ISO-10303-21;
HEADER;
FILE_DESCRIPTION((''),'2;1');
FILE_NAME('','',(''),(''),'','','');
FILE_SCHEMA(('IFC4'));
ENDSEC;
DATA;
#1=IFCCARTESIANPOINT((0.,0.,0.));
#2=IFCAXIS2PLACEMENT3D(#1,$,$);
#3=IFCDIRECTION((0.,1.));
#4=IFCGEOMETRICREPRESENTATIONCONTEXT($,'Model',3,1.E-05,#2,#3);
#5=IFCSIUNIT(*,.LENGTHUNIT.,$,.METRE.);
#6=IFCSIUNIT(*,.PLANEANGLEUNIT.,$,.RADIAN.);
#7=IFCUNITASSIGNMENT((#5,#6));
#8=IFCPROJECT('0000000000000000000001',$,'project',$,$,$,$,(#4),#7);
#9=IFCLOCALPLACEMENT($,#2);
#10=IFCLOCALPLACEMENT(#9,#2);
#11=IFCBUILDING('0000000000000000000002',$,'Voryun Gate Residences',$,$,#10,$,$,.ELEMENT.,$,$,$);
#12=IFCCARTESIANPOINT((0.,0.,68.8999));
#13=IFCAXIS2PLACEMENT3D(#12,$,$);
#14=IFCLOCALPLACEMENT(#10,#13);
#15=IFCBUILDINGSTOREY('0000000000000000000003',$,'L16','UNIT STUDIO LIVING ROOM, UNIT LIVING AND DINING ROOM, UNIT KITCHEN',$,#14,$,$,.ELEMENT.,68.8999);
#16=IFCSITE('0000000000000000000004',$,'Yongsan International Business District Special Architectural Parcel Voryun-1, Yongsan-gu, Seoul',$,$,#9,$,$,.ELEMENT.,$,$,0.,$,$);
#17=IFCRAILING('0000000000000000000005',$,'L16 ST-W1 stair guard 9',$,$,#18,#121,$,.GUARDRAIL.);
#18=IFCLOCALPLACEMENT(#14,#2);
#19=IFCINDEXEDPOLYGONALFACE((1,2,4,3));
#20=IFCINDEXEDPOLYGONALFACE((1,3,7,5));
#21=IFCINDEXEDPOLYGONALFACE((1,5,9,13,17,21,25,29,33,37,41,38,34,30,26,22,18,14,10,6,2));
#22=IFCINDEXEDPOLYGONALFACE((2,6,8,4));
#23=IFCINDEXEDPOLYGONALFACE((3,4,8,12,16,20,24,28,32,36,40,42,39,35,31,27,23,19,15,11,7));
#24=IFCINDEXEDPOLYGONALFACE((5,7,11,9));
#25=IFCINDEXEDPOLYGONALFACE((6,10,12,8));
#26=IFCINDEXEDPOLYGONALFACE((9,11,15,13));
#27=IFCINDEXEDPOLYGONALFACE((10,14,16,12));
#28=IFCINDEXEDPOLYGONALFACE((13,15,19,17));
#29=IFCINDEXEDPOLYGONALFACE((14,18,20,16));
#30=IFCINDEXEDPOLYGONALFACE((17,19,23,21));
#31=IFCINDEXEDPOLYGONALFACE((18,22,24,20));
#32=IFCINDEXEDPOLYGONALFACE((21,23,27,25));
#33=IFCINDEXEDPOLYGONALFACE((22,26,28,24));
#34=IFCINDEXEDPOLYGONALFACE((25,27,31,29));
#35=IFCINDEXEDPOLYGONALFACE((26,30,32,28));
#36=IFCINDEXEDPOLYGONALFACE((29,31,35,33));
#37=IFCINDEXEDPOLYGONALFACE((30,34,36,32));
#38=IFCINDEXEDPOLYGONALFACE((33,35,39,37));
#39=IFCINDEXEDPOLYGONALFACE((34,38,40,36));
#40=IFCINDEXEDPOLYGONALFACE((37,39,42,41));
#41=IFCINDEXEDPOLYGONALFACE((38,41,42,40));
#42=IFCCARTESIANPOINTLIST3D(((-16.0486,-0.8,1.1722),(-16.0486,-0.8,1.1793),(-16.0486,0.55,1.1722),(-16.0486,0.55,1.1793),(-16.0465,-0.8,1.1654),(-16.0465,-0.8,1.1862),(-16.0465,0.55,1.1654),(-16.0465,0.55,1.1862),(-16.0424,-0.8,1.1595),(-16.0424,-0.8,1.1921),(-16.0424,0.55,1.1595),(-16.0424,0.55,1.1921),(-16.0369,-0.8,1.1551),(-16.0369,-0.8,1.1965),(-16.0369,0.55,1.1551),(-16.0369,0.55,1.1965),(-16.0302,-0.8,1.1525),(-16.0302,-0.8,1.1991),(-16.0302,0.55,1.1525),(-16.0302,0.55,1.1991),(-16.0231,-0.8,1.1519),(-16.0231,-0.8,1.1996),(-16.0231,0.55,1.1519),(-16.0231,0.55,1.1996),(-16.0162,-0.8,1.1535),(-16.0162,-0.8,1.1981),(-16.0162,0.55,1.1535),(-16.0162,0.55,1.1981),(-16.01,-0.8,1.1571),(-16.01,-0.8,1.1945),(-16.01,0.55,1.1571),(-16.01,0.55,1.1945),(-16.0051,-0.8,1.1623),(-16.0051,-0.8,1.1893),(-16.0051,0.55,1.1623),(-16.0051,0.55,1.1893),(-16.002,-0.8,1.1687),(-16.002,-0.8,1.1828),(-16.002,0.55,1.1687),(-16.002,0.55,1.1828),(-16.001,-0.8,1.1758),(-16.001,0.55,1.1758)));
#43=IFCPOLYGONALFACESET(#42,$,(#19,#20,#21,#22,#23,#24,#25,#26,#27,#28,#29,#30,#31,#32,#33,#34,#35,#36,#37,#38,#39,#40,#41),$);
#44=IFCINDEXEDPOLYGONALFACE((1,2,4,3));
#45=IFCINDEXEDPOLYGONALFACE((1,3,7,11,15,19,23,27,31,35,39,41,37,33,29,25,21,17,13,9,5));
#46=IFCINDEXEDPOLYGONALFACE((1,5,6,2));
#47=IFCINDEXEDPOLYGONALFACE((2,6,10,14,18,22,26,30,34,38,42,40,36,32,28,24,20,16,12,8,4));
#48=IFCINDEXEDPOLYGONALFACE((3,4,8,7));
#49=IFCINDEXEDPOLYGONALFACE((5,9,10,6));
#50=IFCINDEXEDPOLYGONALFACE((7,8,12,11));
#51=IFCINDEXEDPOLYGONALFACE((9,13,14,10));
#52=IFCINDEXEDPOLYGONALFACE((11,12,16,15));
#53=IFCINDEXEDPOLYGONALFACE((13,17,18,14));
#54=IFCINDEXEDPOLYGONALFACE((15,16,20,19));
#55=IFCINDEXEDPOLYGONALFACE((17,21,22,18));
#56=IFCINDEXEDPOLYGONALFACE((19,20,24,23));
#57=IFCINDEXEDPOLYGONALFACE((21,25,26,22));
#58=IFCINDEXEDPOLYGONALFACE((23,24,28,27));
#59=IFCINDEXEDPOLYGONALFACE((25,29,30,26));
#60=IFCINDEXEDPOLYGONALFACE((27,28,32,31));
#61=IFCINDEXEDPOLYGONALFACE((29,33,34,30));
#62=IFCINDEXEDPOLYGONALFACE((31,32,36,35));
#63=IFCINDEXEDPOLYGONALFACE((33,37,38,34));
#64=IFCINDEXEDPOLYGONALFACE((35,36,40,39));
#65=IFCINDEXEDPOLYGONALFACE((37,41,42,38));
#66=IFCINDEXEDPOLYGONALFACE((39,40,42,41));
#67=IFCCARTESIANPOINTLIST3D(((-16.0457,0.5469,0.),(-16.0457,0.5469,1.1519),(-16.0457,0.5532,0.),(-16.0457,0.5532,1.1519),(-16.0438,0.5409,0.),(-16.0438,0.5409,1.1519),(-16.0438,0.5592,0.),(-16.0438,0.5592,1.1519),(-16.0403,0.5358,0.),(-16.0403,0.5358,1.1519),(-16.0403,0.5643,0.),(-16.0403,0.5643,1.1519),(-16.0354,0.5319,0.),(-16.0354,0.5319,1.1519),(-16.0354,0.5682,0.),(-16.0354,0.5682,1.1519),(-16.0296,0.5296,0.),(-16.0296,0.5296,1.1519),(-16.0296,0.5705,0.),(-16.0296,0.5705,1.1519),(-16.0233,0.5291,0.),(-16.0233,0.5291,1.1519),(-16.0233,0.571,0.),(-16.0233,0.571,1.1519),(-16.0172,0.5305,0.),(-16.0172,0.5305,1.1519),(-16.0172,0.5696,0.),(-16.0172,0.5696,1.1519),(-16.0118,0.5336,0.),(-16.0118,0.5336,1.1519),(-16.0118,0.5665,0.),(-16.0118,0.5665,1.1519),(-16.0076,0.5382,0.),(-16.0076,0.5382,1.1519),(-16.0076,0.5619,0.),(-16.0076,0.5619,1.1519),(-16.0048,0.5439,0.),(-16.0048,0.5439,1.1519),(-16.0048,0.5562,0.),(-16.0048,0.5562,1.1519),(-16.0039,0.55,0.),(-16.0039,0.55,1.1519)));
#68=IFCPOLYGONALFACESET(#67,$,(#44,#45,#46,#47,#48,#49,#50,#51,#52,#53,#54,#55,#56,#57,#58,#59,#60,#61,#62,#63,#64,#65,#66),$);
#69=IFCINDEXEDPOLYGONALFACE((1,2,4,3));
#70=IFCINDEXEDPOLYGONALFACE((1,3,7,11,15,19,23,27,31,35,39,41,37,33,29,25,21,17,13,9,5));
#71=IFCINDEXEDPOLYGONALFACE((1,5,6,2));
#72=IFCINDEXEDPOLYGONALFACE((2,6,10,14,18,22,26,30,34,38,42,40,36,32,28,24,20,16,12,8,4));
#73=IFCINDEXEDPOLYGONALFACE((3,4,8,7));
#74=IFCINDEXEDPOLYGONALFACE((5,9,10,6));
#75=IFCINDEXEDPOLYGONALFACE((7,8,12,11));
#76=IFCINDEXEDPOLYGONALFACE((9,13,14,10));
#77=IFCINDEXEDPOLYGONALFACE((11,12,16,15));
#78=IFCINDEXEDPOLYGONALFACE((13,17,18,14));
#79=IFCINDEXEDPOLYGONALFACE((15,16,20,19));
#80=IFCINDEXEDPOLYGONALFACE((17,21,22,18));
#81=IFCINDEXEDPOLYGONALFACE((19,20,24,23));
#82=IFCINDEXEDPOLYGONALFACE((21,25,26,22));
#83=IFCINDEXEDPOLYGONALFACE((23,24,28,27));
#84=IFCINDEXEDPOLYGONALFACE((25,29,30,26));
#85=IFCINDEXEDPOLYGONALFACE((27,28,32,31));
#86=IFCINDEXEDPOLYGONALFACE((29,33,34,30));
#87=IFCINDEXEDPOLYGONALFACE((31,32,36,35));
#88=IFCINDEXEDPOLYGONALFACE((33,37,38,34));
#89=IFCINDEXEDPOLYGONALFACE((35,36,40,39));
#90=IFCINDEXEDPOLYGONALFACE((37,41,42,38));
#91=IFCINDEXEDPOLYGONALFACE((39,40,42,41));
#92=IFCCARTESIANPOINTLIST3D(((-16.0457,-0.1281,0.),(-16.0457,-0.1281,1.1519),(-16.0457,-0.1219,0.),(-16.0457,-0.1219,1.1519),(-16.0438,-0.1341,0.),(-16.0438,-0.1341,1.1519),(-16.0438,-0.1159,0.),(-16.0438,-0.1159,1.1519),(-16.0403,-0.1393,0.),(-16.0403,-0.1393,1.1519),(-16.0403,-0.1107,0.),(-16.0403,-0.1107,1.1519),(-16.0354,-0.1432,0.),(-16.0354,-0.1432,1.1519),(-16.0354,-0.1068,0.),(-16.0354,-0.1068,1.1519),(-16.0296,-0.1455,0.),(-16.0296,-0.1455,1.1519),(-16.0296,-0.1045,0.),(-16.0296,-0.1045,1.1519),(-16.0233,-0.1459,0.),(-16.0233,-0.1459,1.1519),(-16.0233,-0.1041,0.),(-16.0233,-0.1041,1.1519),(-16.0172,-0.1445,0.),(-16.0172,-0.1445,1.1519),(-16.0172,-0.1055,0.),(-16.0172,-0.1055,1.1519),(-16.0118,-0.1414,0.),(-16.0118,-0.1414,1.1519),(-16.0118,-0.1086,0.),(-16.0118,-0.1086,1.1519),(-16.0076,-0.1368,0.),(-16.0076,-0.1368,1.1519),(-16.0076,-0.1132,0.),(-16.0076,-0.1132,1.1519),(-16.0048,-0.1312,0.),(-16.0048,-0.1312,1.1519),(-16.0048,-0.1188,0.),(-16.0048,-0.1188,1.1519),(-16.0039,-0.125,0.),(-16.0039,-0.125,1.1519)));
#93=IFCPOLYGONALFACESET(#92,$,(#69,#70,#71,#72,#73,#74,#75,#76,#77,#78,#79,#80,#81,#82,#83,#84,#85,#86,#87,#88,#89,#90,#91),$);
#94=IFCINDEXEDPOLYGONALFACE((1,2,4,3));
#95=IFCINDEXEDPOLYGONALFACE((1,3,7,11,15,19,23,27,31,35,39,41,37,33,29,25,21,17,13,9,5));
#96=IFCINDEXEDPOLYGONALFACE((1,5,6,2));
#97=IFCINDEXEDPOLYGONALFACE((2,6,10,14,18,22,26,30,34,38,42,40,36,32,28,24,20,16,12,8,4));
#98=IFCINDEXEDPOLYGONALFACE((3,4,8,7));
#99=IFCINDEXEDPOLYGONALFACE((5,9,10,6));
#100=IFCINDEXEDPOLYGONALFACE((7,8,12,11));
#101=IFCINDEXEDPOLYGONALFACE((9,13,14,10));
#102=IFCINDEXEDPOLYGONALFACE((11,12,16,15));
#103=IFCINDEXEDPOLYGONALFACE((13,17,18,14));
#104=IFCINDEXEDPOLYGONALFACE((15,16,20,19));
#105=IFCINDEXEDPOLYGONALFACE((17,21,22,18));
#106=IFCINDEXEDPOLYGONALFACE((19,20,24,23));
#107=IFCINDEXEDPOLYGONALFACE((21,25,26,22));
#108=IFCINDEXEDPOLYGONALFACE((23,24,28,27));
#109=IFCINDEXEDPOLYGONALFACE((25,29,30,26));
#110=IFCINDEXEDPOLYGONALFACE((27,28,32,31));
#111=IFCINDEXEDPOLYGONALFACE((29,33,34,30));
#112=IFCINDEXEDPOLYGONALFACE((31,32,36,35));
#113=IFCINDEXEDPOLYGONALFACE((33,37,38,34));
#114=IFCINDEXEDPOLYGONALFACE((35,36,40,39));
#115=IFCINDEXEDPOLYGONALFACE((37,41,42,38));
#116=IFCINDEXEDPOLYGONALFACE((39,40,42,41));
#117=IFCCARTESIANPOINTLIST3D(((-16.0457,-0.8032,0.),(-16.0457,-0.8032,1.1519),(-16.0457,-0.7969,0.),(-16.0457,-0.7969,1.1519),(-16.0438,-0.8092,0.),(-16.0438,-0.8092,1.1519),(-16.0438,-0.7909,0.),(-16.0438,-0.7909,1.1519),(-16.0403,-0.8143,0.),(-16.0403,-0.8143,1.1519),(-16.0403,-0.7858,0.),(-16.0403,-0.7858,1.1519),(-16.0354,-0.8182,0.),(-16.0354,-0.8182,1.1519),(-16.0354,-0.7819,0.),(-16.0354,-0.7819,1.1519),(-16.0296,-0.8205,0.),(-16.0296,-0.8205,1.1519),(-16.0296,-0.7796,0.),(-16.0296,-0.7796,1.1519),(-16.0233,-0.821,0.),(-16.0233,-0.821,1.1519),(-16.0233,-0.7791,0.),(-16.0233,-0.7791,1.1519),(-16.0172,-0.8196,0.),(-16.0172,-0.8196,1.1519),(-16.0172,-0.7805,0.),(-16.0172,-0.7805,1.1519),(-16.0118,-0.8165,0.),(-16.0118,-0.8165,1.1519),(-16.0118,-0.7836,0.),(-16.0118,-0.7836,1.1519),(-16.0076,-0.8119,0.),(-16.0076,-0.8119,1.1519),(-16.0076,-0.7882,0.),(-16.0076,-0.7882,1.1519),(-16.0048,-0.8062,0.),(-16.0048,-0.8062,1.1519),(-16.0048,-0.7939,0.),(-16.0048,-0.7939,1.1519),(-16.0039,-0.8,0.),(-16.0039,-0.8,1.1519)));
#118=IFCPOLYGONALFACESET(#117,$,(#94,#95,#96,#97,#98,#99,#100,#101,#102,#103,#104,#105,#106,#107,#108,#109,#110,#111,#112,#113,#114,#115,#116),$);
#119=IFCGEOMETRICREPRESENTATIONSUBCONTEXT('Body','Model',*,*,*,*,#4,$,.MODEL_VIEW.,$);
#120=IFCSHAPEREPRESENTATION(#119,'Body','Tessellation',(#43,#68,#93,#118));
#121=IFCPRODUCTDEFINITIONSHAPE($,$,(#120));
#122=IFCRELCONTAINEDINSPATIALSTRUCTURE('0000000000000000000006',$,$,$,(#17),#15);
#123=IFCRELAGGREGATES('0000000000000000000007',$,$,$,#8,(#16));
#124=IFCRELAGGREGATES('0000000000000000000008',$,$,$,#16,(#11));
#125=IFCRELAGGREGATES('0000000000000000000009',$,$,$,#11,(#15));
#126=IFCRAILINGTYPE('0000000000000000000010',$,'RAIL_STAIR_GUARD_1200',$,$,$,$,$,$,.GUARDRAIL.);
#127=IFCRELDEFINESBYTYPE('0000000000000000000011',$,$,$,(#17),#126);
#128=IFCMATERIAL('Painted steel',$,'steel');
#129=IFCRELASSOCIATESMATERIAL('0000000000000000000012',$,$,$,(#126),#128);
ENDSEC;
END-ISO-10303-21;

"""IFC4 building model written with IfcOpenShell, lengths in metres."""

from ifc_helpers import new_model, si_unit, direction, frame, origin, origin_2d, place, context, subcontext, project, spatial, circle, extrude, material, type_object, element, save


model = new_model("IFC4")

# Units and contexts
model_context = context("Model", 3, precision=1e-05, world=origin(), true_north=direction((0.0, 1.0)))
body_context = subcontext(model_context, "Body", "Model", "MODEL_VIEW")
ifc_project = project(units=[si_unit("LENGTHUNIT", "METRE"), si_unit("PLANEANGLEUNIT", "RADIAN")], contexts=[model_context])

# Site, building, storey
site_placement = place(None, origin())
site = spatial("IfcSite", under=ifc_project, at=site_placement, Name="Yongsan International Business District Special Architectural Parcel Voryun-1, Yongsan-gu, Seoul", CompositionType="ELEMENT", RefElevation=0.0)
building_placement = place(site_placement, origin())
building = spatial("IfcBuilding", under=site, at=building_placement, Name="Voryun Gate Residences", CompositionType="ELEMENT")
storey_placement = place(building_placement, frame((0.0, 0.0, 68.8999)))
storey = spatial("IfcBuildingStorey", under=building, at=storey_placement, Name="L16", Description="UNIT STUDIO LIVING ROOM, UNIT LIVING AND DINING ROOM, UNIT KITCHEN", CompositionType="ELEMENT", Elevation=68.8999)

# Railing
ifc_material_1 = material(Name="Painted steel", Category="steel")
railing_type = type_object("IfcRailingType", Name="RAIL_STAIR_GUARD_1200", PredefinedType="GUARDRAIL", material=ifc_material_1)
for number, where, name in (
    (1, (-16.0249, 0.55, 0.0), "L16 ST-W1 stair guard 9"),
):
    element("IfcRailing", number, at=place(storey_placement, frame(where)), inside=storey, type_object=railing_type, Name=name, PredefinedType="GUARDRAIL", context=body_context, shape_type="SweptSolid", body=[
        extrude(circle(Radius=0.0239, at=origin_2d()), frame((0.0, 0.0, 1.1758), z_axis=(0.0, -1.0, 0.0), x_axis=(1.0, 0.0, 0.0)), (0.0, 0.0, 1.0), 1.3501),
        extrude(circle(Radius=0.021, at=origin_2d()), origin(), (0.0, 0.0, 1.0), 1.1519),
        extrude(circle(Radius=0.021, at=origin_2d()), frame((0.0, -0.675, 0.0)), (0.0, 0.0, 1.0), 1.1519),
        extrude(circle(Radius=0.021, at=origin_2d()), frame((0.0, -1.3501, 0.0)), (0.0, 0.0, 1.0), 1.1519),
    ])

save(model, "model.ifc")
